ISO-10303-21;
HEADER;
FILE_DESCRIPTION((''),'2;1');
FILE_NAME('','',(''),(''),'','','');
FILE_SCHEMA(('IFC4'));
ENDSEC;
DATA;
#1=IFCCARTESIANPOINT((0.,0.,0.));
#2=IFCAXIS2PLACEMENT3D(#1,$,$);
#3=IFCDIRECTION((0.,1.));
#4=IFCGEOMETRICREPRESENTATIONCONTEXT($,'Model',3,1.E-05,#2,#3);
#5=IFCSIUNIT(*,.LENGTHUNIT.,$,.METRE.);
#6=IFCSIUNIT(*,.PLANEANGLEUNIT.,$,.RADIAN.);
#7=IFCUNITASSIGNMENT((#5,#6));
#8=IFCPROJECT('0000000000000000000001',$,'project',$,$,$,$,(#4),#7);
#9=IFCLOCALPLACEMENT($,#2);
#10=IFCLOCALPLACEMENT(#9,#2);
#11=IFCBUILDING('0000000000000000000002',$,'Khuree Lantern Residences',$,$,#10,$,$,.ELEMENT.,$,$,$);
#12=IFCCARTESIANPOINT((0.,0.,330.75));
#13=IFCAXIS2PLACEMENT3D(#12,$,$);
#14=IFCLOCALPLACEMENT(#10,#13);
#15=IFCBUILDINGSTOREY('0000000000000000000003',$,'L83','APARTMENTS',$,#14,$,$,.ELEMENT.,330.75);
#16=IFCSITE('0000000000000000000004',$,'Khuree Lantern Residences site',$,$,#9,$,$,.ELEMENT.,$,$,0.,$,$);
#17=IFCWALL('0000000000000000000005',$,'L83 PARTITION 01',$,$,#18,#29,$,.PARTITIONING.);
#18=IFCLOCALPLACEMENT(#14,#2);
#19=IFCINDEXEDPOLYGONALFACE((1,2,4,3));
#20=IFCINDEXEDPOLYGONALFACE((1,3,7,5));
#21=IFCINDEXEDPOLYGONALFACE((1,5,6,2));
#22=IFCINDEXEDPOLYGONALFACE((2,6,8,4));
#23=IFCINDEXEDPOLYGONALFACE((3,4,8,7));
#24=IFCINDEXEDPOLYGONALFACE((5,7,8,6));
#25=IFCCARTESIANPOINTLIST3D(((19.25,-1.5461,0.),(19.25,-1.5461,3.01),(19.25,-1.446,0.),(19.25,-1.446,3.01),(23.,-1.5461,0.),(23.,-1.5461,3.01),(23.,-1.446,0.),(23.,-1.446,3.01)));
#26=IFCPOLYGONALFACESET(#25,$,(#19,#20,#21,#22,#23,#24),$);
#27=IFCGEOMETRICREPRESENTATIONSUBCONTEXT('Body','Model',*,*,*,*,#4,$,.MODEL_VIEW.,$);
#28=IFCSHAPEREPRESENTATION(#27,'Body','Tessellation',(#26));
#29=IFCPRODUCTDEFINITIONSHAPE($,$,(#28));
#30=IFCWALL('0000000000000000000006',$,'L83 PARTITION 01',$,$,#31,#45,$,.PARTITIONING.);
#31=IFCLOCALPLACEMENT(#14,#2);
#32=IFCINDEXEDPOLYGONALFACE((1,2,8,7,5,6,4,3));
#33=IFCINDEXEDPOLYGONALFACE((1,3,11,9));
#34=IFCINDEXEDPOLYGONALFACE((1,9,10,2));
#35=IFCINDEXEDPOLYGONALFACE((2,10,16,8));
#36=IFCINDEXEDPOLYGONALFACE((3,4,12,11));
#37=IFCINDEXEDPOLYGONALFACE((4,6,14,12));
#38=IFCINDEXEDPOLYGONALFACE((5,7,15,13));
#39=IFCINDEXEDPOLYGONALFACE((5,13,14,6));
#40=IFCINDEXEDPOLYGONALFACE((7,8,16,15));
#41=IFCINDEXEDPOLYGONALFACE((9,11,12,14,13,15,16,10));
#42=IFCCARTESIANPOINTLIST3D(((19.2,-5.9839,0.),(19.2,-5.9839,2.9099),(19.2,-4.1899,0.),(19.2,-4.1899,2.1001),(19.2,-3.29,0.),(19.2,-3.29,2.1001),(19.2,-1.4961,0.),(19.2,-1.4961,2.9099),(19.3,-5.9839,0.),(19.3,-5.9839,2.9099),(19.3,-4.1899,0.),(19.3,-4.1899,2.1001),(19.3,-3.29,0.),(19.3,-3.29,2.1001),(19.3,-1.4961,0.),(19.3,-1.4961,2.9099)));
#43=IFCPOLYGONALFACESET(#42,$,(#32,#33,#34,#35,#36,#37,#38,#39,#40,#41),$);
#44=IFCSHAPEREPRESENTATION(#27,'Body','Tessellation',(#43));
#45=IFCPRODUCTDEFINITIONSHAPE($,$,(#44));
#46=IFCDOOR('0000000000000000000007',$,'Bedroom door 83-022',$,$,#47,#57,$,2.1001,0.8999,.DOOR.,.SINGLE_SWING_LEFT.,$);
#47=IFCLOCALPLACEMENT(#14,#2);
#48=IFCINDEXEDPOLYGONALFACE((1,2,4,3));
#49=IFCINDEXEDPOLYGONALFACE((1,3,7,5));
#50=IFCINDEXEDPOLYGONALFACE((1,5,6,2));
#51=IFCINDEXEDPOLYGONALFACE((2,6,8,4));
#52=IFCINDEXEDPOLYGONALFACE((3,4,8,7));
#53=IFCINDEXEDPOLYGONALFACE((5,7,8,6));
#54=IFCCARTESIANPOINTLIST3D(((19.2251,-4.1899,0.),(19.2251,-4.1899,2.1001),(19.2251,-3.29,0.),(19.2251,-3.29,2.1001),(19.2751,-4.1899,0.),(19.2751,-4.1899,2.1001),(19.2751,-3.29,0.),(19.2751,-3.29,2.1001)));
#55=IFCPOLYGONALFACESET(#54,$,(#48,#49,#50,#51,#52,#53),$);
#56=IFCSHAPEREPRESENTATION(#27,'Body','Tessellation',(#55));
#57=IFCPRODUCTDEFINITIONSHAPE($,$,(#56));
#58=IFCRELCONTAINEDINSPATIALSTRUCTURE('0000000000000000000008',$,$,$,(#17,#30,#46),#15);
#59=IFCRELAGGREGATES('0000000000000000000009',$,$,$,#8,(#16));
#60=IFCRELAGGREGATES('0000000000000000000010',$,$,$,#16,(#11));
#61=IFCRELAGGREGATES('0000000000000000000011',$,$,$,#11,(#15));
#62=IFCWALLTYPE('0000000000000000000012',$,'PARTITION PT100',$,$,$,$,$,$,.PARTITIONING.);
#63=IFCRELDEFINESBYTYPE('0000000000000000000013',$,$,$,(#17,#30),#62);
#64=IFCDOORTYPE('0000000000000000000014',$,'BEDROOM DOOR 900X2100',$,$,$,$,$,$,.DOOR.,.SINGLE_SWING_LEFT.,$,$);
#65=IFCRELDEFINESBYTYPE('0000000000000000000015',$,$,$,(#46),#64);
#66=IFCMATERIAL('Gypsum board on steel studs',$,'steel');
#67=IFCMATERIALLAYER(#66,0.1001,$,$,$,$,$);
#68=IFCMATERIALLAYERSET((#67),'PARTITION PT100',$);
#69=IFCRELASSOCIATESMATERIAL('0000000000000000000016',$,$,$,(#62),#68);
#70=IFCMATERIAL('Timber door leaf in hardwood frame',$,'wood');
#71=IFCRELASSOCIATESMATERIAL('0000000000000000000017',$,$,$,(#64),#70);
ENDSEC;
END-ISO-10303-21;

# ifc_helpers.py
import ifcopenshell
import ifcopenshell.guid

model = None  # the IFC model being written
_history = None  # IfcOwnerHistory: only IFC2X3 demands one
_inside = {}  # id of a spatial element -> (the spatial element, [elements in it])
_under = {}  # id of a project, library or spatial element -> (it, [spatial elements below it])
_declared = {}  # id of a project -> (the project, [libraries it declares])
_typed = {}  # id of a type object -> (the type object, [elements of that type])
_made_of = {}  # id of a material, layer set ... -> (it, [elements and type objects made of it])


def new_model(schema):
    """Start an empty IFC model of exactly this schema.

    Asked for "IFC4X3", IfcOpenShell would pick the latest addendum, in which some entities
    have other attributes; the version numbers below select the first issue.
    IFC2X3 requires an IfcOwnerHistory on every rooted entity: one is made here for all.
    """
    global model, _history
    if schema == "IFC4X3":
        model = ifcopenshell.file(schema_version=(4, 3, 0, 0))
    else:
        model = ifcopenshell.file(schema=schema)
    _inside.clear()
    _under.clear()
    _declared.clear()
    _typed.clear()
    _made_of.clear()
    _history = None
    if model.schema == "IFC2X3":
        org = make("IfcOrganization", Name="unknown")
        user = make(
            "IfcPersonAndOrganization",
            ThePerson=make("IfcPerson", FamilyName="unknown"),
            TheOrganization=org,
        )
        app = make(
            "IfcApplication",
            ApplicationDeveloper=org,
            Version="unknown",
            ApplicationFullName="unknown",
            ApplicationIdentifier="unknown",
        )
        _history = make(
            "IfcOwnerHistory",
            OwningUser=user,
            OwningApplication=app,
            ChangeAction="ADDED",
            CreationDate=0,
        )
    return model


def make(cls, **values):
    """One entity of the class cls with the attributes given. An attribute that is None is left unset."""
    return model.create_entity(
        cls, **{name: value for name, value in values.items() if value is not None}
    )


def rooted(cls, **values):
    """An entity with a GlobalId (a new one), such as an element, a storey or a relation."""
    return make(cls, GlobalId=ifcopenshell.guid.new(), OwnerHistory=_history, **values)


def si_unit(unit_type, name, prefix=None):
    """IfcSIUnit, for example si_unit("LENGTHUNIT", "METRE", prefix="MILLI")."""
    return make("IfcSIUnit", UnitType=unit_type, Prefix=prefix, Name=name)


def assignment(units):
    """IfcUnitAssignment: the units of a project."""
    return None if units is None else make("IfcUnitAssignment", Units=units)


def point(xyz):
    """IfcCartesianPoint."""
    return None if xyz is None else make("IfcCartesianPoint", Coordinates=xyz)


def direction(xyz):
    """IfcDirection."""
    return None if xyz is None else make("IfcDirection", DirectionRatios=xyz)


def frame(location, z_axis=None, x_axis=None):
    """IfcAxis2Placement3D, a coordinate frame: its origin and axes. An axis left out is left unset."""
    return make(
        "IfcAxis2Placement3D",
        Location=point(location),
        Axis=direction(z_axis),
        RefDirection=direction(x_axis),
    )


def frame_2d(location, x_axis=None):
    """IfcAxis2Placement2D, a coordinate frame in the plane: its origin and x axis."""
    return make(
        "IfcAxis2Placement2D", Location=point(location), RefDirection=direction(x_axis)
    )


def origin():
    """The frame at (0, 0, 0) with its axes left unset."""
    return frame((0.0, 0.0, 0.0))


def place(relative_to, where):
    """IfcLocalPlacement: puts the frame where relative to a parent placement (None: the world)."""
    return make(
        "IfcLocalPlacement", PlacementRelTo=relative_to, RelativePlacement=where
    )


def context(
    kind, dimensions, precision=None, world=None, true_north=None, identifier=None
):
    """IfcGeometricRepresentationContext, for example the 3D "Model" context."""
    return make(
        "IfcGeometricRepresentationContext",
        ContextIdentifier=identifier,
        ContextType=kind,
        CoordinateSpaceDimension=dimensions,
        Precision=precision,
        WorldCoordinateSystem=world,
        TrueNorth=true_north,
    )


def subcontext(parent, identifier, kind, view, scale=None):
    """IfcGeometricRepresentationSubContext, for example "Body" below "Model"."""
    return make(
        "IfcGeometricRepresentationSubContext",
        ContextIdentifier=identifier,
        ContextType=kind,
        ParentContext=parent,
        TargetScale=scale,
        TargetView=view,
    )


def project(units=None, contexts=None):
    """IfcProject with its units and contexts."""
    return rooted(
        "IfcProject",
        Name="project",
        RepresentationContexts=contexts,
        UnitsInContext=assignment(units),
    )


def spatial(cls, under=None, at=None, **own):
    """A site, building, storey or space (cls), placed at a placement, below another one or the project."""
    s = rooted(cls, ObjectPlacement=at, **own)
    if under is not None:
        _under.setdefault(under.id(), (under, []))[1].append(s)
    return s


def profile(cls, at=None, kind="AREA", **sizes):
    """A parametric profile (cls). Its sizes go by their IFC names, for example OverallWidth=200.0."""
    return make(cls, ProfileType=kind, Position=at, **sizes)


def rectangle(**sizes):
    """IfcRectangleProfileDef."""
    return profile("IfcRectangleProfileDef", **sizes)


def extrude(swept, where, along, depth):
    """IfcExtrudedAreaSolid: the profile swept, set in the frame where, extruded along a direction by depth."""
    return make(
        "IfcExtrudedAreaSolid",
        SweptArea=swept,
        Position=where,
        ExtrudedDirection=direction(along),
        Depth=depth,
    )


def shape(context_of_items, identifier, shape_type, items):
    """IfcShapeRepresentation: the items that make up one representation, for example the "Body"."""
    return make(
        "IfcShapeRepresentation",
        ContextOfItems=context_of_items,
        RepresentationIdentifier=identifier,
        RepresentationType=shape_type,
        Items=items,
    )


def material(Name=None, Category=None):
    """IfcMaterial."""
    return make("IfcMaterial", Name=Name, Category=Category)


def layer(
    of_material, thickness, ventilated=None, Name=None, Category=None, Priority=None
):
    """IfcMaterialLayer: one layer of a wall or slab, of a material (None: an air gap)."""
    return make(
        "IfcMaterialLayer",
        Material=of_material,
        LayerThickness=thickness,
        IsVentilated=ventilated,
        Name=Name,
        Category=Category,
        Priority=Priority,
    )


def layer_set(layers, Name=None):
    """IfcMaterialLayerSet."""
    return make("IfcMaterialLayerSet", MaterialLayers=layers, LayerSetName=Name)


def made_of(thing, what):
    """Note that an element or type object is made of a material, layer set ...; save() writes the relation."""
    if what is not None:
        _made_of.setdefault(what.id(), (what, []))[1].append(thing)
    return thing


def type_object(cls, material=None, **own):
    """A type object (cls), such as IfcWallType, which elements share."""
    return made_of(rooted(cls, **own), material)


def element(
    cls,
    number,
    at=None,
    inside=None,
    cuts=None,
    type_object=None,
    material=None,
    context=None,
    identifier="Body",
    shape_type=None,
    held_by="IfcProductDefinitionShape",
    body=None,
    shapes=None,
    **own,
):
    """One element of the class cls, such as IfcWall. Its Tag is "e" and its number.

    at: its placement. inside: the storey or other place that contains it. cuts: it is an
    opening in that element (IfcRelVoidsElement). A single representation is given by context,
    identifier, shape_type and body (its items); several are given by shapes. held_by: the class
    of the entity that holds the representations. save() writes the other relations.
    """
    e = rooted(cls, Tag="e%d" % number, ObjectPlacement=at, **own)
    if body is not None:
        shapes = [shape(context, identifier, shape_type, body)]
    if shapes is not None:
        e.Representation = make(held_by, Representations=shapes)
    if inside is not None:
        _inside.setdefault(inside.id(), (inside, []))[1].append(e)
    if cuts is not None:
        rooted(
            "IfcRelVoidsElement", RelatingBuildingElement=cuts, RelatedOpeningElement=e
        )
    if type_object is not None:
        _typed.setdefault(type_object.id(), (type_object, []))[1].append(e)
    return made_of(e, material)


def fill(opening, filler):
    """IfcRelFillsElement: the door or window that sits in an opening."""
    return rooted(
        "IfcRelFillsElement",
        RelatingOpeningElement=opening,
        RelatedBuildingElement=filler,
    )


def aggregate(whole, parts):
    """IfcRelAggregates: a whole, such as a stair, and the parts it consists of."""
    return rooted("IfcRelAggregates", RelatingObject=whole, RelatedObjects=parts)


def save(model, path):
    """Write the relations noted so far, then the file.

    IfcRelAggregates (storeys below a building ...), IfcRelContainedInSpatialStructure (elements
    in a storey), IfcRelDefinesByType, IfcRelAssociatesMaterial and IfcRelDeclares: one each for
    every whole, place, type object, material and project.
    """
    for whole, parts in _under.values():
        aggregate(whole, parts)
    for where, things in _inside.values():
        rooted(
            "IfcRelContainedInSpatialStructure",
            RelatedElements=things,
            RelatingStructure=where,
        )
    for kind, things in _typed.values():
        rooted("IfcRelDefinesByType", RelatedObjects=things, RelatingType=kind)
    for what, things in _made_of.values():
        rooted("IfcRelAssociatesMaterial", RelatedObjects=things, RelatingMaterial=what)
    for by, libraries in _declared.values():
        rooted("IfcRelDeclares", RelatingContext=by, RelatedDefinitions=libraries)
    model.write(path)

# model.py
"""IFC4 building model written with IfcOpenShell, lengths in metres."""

from ifc_helpers import new_model, si_unit, direction, frame, frame_2d, origin, place, context, subcontext, project, spatial, rectangle, extrude, material, layer, layer_set, type_object, element, fill, save


model = new_model("IFC4")

# Units and contexts
model_context = context("Model", 3, precision=1e-05, world=origin(), true_north=direction((0.0, 1.0)))
body_context = subcontext(model_context, "Body", "Model", "MODEL_VIEW")
ifc_project = project(units=[si_unit("LENGTHUNIT", "METRE"), si_unit("PLANEANGLEUNIT", "RADIAN")], contexts=[model_context])

# Site, building, storey
site_placement = place(None, origin())
site = spatial("IfcSite", under=ifc_project, at=site_placement, Name="Khuree Lantern Residences site", CompositionType="ELEMENT", RefElevation=0.0)
building_placement = place(site_placement, origin())
building = spatial("IfcBuilding", under=site, at=building_placement, Name="Khuree Lantern Residences", CompositionType="ELEMENT")
storey_placement = place(building_placement, frame((0.0, 0.0, 330.75)))
storey = spatial("IfcBuildingStorey", under=building, at=storey_placement, Name="L83", Description="APARTMENTS", CompositionType="ELEMENT", Elevation=330.75)

# Shared definitions
ifc_material_1 = material(Name="Gypsum board on steel studs", Category="steel")

# Shared definitions
ifc_material_2 = material(Name="Timber door leaf in hardwood frame", Category="wood")

# Wall
ifc_layer_1 = layer(ifc_material_1, 0.1001)
ifc_layer_set_1 = layer_set([ifc_layer_1], Name="PARTITION PT100")
wall_type_1 = type_object("IfcWallType", Name="PARTITION PT100", PredefinedType="PARTITIONING", material=ifc_layer_set_1)
wall_1_placement = place(storey_placement, frame((19.25, -1.4961, 0.0), z_axis=(0.0, 0.0, 1.0), x_axis=(1.0, 0.0, 0.0)))
element("IfcWall", 1, at=wall_1_placement, inside=storey, type_object=wall_type_1, Name="L83 PARTITION 01", PredefinedType="PARTITIONING", context=body_context, shape_type="SweptSolid", body=[
    extrude(rectangle(XDim=3.75, YDim=0.1001, at=frame_2d((1.875, 0.0))), origin(), (0.0, 0.0, 1.0), 3.01),
])

# Wall, opening, door
wall_2_placement = place(storey_placement, frame((19.25, -5.9839, 0.0), z_axis=(0.0, 0.0, 1.0), x_axis=(0.0, 1.0, 0.0)))
wall_2 = element("IfcWall", 2, at=wall_2_placement, inside=storey, type_object=wall_type_1, Name="L83 PARTITION 01", PredefinedType="PARTITIONING", context=body_context, shape_type="SweptSolid", body=[
    extrude(rectangle(XDim=4.4878, YDim=0.1001, at=frame_2d((2.2439, 0.0))), origin(), (0.0, 0.0, 1.0), 2.9099),
])
opening_1_placement = place(wall_2_placement, frame((1.7939, 0.0, 0.0)))
opening_1 = element("IfcOpeningElement", 3, at=opening_1_placement, cuts=wall_2, PredefinedType="OPENING", context=body_context, shape_type="SweptSolid", body=[
    extrude(rectangle(XDim=0.8999, YDim=2.1001, at=frame_2d((0.45, 1.05))), frame((0.0, 0.0601, 0.0), z_axis=(0.0, -1.0, 0.0), x_axis=(1.0, 0.0, 0.0)), (0.0, 0.0, 1.0), 0.1201),
])
door_type_1 = type_object("IfcDoorType", Name="BEDROOM DOOR 900X2100", OperationType="SINGLE_SWING_LEFT", PredefinedType="DOOR", material=ifc_material_2)
door_1_placement = place(opening_1_placement, origin())
door_1 = element("IfcDoor", 4, at=door_1_placement, inside=storey, type_object=door_type_1, Name="Bedroom door 83-022", OperationType="SINGLE_SWING_LEFT", OverallHeight=2.1001, OverallWidth=0.8999, PredefinedType="DOOR", context=body_context, shape_type="SweptSolid", body=[
    extrude(rectangle(XDim=0.8999, YDim=2.1001, at=frame_2d((0.45, 1.05))), frame((0.0, 0.0249, 0.0), z_axis=(0.0, -1.0, 0.0), x_axis=(1.0, 0.0, 0.0)), (0.0, 0.0, 1.0), 0.05),
])
fill(opening_1, door_1)

save(model, "model.ifc")
